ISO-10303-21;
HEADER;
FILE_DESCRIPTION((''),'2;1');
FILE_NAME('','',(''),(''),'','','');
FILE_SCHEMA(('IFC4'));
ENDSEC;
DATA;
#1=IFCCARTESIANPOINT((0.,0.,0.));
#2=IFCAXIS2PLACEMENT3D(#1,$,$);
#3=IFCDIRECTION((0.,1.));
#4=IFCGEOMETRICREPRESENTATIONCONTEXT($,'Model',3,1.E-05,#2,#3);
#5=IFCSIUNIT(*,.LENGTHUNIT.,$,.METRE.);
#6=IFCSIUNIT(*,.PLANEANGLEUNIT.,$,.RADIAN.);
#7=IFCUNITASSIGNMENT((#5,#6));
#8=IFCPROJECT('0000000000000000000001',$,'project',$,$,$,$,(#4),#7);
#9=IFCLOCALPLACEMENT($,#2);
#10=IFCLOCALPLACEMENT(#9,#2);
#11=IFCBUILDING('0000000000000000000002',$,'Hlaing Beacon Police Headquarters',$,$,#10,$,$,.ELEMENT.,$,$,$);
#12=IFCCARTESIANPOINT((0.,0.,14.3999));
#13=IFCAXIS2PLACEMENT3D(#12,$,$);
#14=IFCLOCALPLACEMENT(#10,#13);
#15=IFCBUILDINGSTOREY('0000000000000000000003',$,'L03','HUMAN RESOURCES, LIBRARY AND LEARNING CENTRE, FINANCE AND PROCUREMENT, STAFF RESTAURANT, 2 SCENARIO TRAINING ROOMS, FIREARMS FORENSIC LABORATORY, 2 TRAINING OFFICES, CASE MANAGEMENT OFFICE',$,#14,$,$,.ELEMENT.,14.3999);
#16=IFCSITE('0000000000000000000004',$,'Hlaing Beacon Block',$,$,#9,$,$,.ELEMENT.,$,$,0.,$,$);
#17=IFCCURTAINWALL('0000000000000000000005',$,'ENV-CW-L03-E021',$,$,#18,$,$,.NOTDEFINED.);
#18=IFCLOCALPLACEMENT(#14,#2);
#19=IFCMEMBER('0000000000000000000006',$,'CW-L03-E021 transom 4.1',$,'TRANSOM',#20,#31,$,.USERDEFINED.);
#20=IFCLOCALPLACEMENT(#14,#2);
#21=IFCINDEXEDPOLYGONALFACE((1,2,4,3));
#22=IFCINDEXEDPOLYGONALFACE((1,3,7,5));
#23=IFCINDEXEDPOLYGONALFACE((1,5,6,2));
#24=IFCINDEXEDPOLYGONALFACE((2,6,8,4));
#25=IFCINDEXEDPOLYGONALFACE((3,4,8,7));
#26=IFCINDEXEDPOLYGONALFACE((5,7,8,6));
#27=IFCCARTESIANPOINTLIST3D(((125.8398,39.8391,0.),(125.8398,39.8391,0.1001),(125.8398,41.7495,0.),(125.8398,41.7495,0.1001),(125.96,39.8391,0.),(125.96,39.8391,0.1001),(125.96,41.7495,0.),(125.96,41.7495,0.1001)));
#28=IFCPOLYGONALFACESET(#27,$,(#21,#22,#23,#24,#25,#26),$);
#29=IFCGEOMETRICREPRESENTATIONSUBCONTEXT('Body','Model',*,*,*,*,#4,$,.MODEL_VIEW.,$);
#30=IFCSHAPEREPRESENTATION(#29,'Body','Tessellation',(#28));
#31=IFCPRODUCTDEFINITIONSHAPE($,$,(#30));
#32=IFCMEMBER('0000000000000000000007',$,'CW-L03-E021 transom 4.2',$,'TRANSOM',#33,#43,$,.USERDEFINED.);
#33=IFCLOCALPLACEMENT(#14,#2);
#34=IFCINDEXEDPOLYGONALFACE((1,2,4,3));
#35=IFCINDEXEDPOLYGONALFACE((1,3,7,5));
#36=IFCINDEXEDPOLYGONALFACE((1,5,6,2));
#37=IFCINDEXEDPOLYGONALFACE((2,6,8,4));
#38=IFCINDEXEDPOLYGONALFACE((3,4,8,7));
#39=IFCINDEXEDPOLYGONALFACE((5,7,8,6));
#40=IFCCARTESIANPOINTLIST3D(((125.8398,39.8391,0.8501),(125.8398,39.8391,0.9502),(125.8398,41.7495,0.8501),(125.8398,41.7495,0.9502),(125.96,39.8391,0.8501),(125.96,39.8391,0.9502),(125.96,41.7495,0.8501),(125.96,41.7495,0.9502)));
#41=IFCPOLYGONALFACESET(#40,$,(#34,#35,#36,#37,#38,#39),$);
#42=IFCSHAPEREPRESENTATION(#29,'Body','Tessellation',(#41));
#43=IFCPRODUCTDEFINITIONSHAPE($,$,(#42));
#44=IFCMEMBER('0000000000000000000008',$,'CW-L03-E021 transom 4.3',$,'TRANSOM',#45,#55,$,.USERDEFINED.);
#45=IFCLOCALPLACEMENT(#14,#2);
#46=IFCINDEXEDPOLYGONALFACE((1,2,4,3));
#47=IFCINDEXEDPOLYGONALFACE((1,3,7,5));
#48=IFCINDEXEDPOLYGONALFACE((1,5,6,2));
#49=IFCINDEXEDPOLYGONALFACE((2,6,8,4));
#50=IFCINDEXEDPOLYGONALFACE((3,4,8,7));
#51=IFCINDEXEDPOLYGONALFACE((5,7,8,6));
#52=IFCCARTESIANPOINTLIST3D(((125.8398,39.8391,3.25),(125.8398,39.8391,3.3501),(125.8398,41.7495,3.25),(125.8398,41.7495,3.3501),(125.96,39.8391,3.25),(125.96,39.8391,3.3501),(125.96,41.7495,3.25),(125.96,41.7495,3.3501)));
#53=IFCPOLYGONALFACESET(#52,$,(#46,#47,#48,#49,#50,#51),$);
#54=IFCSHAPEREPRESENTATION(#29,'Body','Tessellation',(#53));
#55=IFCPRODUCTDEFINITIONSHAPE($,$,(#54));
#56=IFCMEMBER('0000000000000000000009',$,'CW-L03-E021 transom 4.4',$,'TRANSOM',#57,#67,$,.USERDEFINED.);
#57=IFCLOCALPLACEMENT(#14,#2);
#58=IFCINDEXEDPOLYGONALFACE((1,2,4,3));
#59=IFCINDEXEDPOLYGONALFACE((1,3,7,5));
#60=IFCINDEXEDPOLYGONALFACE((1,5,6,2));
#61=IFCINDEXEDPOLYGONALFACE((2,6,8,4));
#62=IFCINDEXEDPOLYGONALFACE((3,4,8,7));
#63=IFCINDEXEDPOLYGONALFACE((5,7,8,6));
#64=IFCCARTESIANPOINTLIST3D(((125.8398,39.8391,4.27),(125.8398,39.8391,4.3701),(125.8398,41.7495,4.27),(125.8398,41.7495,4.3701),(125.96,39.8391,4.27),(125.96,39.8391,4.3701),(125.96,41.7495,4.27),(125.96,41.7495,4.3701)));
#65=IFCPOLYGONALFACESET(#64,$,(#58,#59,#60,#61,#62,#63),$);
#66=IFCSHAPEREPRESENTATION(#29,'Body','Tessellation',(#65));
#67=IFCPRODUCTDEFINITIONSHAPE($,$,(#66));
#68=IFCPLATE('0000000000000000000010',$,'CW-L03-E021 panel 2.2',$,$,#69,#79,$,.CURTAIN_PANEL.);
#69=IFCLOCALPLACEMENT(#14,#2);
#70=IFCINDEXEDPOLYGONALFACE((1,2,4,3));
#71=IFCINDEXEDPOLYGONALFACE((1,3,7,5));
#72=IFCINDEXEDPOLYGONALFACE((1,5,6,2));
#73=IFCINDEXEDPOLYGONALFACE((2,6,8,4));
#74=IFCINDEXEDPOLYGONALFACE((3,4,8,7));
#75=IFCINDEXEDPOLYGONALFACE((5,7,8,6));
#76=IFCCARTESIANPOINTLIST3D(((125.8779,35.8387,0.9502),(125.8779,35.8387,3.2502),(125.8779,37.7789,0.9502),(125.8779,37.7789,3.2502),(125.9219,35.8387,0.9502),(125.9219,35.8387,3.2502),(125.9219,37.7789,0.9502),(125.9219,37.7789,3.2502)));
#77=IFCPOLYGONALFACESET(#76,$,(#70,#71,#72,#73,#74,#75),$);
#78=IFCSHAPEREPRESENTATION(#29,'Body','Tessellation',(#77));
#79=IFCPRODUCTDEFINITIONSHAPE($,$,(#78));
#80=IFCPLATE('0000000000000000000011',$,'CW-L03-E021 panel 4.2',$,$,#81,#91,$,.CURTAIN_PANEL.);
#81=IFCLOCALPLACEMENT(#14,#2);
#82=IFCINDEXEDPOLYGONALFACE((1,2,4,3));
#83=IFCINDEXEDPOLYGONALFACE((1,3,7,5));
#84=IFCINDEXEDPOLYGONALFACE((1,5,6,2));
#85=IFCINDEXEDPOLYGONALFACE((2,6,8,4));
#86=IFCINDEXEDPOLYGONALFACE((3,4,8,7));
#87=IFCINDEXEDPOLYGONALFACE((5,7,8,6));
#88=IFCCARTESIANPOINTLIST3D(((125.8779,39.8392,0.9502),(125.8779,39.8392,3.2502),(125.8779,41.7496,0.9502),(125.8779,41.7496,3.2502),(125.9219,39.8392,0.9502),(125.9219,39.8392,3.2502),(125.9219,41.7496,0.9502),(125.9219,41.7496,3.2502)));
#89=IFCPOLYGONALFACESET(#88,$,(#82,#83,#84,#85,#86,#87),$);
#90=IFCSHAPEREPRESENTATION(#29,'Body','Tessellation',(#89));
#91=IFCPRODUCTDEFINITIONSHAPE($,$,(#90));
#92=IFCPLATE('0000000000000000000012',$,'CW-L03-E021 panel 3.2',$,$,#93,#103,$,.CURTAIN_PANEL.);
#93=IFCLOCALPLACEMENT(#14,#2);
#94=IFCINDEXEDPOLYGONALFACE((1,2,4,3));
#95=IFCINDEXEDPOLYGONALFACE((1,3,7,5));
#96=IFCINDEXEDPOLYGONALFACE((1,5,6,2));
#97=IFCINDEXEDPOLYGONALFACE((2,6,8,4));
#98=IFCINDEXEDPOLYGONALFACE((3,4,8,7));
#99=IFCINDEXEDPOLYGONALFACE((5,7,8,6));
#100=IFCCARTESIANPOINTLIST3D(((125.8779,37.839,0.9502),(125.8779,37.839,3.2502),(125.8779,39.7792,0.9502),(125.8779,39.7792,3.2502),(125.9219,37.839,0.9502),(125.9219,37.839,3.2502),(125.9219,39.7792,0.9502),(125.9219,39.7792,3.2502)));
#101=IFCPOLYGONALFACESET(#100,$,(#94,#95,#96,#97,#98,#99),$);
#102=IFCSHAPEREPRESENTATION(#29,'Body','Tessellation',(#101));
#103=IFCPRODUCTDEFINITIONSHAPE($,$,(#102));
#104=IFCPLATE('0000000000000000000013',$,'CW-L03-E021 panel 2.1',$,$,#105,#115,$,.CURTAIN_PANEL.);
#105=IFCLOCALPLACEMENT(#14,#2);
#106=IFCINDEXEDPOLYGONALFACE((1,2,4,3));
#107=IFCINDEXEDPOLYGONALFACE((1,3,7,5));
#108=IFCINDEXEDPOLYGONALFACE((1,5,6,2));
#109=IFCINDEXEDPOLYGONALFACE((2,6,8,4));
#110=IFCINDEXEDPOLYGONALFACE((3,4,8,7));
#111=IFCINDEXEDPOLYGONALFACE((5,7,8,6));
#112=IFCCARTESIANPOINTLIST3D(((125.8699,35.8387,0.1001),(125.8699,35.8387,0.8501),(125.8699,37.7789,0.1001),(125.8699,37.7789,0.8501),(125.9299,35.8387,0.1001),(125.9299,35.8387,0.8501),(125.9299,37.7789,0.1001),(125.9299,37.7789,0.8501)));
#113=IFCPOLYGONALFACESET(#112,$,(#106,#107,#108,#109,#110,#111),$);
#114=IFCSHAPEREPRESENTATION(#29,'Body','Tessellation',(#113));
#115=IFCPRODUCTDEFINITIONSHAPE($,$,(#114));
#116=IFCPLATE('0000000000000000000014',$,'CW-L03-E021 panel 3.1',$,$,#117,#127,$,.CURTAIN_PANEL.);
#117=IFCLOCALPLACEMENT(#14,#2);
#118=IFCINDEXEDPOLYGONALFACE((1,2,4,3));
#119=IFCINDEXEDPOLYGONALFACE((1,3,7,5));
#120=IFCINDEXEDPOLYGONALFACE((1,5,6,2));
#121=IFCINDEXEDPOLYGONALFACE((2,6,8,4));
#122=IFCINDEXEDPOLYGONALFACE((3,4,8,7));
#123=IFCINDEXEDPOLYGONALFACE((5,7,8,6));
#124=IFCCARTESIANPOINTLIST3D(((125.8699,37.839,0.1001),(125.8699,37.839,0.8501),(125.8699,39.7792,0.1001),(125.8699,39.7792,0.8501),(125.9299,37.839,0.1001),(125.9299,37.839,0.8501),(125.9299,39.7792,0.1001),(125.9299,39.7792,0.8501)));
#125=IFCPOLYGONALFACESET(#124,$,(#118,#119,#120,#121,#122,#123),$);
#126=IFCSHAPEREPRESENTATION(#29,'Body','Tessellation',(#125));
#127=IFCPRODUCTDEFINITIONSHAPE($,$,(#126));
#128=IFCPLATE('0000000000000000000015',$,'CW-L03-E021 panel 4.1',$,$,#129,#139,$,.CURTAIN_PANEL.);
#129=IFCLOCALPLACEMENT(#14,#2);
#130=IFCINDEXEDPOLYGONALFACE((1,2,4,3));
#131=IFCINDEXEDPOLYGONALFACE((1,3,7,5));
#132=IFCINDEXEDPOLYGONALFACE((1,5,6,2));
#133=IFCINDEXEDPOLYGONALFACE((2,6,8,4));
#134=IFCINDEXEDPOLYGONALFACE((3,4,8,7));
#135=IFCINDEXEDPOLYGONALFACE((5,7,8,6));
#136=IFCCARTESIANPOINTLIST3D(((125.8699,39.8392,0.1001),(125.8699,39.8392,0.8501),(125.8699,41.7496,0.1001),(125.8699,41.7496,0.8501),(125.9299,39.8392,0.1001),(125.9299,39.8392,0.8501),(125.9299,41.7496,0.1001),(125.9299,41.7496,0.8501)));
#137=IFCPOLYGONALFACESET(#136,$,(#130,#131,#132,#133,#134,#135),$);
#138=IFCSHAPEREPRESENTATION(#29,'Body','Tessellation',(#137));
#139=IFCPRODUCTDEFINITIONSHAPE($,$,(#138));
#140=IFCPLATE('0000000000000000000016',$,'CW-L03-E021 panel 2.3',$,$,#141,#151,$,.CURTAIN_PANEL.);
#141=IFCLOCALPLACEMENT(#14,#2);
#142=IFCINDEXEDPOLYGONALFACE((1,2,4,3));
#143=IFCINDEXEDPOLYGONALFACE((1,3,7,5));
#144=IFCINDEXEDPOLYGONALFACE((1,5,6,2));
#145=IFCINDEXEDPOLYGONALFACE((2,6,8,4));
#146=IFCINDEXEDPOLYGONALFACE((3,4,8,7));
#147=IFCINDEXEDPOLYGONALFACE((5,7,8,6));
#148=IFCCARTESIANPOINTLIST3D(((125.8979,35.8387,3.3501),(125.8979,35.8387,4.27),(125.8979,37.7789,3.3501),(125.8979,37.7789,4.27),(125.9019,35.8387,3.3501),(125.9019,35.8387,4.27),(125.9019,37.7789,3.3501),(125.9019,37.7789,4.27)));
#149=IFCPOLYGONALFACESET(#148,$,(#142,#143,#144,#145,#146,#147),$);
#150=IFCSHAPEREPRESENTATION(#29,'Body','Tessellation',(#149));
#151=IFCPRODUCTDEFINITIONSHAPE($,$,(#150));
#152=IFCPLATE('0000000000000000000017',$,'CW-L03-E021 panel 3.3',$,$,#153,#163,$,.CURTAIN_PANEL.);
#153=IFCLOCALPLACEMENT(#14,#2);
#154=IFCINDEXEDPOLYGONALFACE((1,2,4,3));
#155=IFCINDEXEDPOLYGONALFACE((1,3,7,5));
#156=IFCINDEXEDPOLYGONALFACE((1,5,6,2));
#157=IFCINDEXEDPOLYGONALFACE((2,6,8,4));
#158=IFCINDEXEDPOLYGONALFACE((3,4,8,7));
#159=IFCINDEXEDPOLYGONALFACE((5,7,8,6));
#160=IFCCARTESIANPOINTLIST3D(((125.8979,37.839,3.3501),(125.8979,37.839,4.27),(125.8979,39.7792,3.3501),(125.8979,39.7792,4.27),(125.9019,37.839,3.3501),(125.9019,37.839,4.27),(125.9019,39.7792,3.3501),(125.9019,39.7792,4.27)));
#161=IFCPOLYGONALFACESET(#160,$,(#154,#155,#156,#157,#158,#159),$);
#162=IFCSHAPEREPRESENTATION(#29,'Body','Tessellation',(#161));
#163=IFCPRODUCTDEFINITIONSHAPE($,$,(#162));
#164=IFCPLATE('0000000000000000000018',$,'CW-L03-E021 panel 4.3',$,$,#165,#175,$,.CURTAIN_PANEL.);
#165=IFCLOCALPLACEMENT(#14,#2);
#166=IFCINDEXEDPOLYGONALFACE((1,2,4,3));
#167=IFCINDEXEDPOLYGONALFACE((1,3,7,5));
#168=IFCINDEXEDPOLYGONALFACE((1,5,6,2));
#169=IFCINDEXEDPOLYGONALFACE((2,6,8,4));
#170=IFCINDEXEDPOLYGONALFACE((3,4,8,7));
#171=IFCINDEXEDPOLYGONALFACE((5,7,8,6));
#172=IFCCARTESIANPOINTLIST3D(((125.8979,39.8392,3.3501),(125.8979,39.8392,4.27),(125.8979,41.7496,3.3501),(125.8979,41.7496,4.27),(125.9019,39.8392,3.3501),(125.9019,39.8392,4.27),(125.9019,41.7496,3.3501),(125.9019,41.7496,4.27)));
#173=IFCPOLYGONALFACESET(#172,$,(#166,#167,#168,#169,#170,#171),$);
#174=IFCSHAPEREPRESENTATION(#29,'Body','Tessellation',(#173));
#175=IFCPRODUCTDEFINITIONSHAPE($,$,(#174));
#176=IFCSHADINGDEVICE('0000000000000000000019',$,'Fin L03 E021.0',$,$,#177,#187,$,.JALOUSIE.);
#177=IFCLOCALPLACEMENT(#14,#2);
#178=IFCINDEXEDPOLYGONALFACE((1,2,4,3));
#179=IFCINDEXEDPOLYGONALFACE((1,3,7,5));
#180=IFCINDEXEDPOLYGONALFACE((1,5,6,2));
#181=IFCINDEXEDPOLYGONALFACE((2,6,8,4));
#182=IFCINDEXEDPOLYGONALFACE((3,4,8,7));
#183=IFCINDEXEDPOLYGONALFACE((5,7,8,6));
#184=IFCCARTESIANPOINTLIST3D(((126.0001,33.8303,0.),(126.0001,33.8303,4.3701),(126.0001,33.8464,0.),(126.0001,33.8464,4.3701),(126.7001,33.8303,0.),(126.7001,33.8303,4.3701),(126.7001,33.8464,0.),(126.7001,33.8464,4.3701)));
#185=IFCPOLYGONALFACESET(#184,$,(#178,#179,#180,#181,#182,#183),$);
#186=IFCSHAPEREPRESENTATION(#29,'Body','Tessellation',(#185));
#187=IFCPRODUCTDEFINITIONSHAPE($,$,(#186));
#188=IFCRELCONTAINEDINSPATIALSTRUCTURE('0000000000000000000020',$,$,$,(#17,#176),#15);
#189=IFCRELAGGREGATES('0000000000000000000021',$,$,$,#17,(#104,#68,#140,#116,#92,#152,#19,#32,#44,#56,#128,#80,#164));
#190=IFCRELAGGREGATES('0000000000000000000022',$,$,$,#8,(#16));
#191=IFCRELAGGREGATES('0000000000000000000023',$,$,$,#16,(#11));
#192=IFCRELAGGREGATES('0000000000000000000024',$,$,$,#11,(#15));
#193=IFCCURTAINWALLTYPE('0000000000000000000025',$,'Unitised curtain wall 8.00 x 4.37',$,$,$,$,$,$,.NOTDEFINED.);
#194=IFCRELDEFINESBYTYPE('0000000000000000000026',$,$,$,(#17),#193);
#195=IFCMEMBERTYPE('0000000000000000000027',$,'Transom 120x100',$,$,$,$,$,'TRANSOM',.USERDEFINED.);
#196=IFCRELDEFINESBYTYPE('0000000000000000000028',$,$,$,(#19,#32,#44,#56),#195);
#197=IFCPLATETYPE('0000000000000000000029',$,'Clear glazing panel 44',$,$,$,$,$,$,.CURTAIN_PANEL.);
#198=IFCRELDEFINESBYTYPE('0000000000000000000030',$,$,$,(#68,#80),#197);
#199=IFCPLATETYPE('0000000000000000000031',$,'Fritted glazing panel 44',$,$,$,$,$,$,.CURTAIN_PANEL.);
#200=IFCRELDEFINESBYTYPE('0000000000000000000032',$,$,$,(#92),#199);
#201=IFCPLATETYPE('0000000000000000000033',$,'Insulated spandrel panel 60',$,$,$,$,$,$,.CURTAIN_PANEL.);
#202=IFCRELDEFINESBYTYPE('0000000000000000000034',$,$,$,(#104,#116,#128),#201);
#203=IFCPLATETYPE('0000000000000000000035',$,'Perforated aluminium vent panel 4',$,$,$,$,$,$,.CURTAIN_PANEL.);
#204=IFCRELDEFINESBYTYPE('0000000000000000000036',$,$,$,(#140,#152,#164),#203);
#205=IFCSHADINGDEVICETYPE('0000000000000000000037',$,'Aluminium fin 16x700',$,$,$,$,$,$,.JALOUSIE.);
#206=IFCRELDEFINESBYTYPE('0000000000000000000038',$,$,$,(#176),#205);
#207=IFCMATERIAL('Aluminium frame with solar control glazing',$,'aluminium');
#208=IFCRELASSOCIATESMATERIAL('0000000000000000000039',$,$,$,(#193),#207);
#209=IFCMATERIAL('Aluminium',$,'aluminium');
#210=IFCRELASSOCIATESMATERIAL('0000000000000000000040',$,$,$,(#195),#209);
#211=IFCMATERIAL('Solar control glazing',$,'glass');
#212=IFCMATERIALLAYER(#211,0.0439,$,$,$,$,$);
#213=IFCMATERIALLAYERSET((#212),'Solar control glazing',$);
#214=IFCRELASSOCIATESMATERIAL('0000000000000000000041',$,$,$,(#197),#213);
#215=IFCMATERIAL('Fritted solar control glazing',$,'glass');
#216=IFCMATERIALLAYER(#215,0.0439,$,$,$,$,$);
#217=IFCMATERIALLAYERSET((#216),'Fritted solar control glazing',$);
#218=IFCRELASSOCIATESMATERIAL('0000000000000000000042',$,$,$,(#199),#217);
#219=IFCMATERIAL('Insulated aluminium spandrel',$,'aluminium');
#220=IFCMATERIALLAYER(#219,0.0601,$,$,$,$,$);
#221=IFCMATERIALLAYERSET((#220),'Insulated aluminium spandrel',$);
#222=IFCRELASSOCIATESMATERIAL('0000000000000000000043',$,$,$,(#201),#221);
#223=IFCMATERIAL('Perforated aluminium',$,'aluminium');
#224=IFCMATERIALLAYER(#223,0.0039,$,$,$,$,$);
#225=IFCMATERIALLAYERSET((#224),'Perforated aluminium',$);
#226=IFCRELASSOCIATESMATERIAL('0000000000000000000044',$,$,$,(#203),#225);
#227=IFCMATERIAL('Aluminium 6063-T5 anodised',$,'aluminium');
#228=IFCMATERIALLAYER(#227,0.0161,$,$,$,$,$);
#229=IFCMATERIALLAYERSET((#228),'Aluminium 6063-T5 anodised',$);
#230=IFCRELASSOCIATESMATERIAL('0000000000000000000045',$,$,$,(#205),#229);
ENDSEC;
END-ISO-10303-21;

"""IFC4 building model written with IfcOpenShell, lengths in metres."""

from ifc_helpers import new_model, si_unit, direction, frame, origin, origin_2d, place, context, subcontext, project, spatial, rectangle, extrude, material, layer, layer_set, material_profile, profile_set, type_object, element, aggregate, save


model = new_model("IFC4")

# Units and contexts
model_context = context("Model", 3, precision=1e-05, world=origin(), true_north=direction((0.0, 1.0)))
body_context = subcontext(model_context, "Body", "Model", "MODEL_VIEW")
ifc_project = project(units=[si_unit("LENGTHUNIT", "METRE"), si_unit("PLANEANGLEUNIT", "RADIAN")], contexts=[model_context])

# Site, building, storey
site_placement = place(None, origin())
site = spatial("IfcSite", under=ifc_project, at=site_placement, Name="Hlaing Beacon Block", CompositionType="ELEMENT", RefElevation=0.0)
building_placement = place(site_placement, origin())
building = spatial("IfcBuilding", under=site, at=building_placement, Name="Hlaing Beacon Police Headquarters", CompositionType="ELEMENT")
storey_placement = place(building_placement, frame((0.0, 0.0, 14.3999)))
storey = spatial("IfcBuildingStorey", under=building, at=storey_placement, Name="L03", Description="HUMAN RESOURCES, LIBRARY AND LEARNING CENTRE, FINANCE AND PROCUREMENT, STAFF RESTAURANT, 2 SCENARIO TRAINING ROOMS, FIREARMS FORENSIC LABORATORY, 2 TRAINING OFFICES, CASE MANAGEMENT OFFICE", CompositionType="ELEMENT", Elevation=14.3999)

# Curtain wall, members, plates
ifc_material_1 = material(Name="Aluminium frame with solar control glazing", Category="aluminium")
curtain_wall_type = type_object("IfcCurtainWallType", Name="Unitised curtain wall 8.00 x 4.37", PredefinedType="NOTDEFINED", material=ifc_material_1)
curtain_wall_placement = place(storey_placement, origin())
curtain_wall = element("IfcCurtainWall", 1, at=curtain_wall_placement, inside=storey, type_object=curtain_wall_type, Name="ENV-CW-L03-E021", PredefinedType="NOTDEFINED")
ifc_material_2 = material(Name="Aluminium", Category="aluminium")
ifc_material_profile_1 = material_profile(ifc_material_2, rectangle(XDim=0.1201, YDim=0.1001, at=origin_2d()), Name="Transom 120x100")
ifc_profile_set_1 = profile_set([ifc_material_profile_1], Name="Aluminium")
member_type_1 = type_object("IfcMemberType", Name="Transom 120x100", ElementType="TRANSOM", PredefinedType="USERDEFINED", material=ifc_profile_set_1)
member_1_placement = place(storey_placement, frame((125.8999, 39.8391, 0.05), z_axis=(0.0, 1.0, 0.0), x_axis=(-1.0, 0.0, 0.0)))
member_1 = element("IfcMember", 2, at=member_1_placement, type_object=member_type_1, Name="CW-L03-E021 transom 4.1", ObjectType="TRANSOM", PredefinedType="USERDEFINED", context=body_context, shape_type="SweptSolid", body=[
    extrude(rectangle(XDim=0.1201, YDim=0.1001, at=origin_2d()), origin(), (0.0, 0.0, 1.0), 1.9104),
])
member_2_placement = place(storey_placement, frame((125.8999, 39.8391, 0.9001), z_axis=(0.0, 1.0, 0.0), x_axis=(-1.0, 0.0, 0.0)))
member_2 = element("IfcMember", 3, at=member_2_placement, type_object=member_type_1, Name="CW-L03-E021 transom 4.2", ObjectType="TRANSOM", PredefinedType="USERDEFINED", context=body_context, shape_type="SweptSolid", body=[
    extrude(rectangle(XDim=0.1201, YDim=0.1001, at=origin_2d()), origin(), (0.0, 0.0, 1.0), 1.9104),
])
member_3_placement = place(storey_placement, frame((125.8999, 39.8391, 3.3), z_axis=(0.0, 1.0, 0.0), x_axis=(-1.0, 0.0, 0.0)))
member_3 = element("IfcMember", 4, at=member_3_placement, type_object=member_type_1, Name="CW-L03-E021 transom 4.3", ObjectType="TRANSOM", PredefinedType="USERDEFINED", context=body_context, shape_type="SweptSolid", body=[
    extrude(rectangle(XDim=0.1201, YDim=0.1001, at=origin_2d()), origin(), (0.0, 0.0, 1.0), 1.9104),
])
member_4_placement = place(storey_placement, frame((125.8999, 39.8391, 4.3201), z_axis=(0.0, 1.0, 0.0), x_axis=(-1.0, 0.0, 0.0)))
member_4 = element("IfcMember", 5, at=member_4_placement, type_object=member_type_1, Name="CW-L03-E021 transom 4.4", ObjectType="TRANSOM", PredefinedType="USERDEFINED", context=body_context, shape_type="SweptSolid", body=[
    extrude(rectangle(XDim=0.1201, YDim=0.1001, at=origin_2d()), origin(), (0.0, 0.0, 1.0), 1.9104),
])
ifc_material_3 = material(Name="Solar control glazing", Category="glass")
ifc_layer_1 = layer(ifc_material_3, 0.0439)
ifc_layer_set_1 = layer_set([ifc_layer_1], Name="Solar control glazing")
plate_type_1 = type_object("IfcPlateType", Name="Clear glazing panel 44", PredefinedType="CURTAIN_PANEL", material=ifc_layer_set_1)
plate_1_placement = place(storey_placement, frame((125.8999, 36.8088, 0.9502), z_axis=(0.0, 0.0, 1.0), x_axis=(0.0, 1.0, 0.0)))
plate_1 = element("IfcPlate", 6, at=plate_1_placement, type_object=plate_type_1, Name="CW-L03-E021 panel 2.2", PredefinedType="CURTAIN_PANEL", context=body_context, shape_type="SweptSolid", body=[
    extrude(rectangle(XDim=1.9402, YDim=0.0439, at=origin_2d()), origin(), (0.0, 0.0, 1.0), 2.3),
])
plate_2_placement = place(storey_placement, frame((125.8999, 40.7944, 0.9502), z_axis=(0.0, 0.0, 1.0), x_axis=(0.0, 1.0, 0.0)))
plate_2 = element("IfcPlate", 7, at=plate_2_placement, type_object=plate_type_1, Name="CW-L03-E021 panel 4.2", PredefinedType="CURTAIN_PANEL", context=body_context, shape_type="SweptSolid", body=[
    extrude(rectangle(XDim=1.9104, YDim=0.0439, at=origin_2d()), origin(), (0.0, 0.0, 1.0), 2.3),
])
ifc_material_4 = material(Name="Fritted solar control glazing", Category="glass")
ifc_layer_2 = layer(ifc_material_4, 0.0439)
ifc_layer_set_2 = layer_set([ifc_layer_2], Name="Fritted solar control glazing")
plate_type_2 = type_object("IfcPlateType", Name="Fritted glazing panel 44", PredefinedType="CURTAIN_PANEL", material=ifc_layer_set_2)
plate_3_placement = place(storey_placement, frame((125.8999, 38.8091, 0.9502), z_axis=(0.0, 0.0, 1.0), x_axis=(0.0, 1.0, 0.0)))
plate_3 = element("IfcPlate", 8, at=plate_3_placement, type_object=plate_type_2, Name="CW-L03-E021 panel 3.2", PredefinedType="CURTAIN_PANEL", context=body_context, shape_type="SweptSolid", body=[
    extrude(rectangle(XDim=1.9402, YDim=0.0439, at=origin_2d()), origin(), (0.0, 0.0, 1.0), 2.3),
])
ifc_material_5 = material(Name="Insulated aluminium spandrel", Category="aluminium")
ifc_layer_3 = layer(ifc_material_5, 0.0601)
ifc_layer_set_3 = layer_set([ifc_layer_3], Name="Insulated aluminium spandrel")
plate_type_3 = type_object("IfcPlateType", Name="Insulated spandrel panel 60", PredefinedType="CURTAIN_PANEL", material=ifc_layer_set_3)
plate_4_placement = place(storey_placement, frame((125.8999, 36.8088, 0.1001), z_axis=(0.0, 0.0, 1.0), x_axis=(0.0, 1.0, 0.0)))
plate_4 = element("IfcPlate", 9, at=plate_4_placement, type_object=plate_type_3, Name="CW-L03-E021 panel 2.1", PredefinedType="CURTAIN_PANEL", context=body_context, shape_type="SweptSolid", body=[
    extrude(rectangle(XDim=1.9402, YDim=0.0601, at=origin_2d()), origin(), (0.0, 0.0, 1.0), 0.75),
])
plate_5_placement = place(storey_placement, frame((125.8999, 38.8091, 0.1001), z_axis=(0.0, 0.0, 1.0), x_axis=(0.0, 1.0, 0.0)))
plate_5 = element("IfcPlate", 10, at=plate_5_placement, type_object=plate_type_3, Name="CW-L03-E021 panel 3.1", PredefinedType="CURTAIN_PANEL", context=body_context, shape_type="SweptSolid", body=[
    extrude(rectangle(XDim=1.9402, YDim=0.0601, at=origin_2d()), origin(), (0.0, 0.0, 1.0), 0.75),
])
plate_6_placement = place(storey_placement, frame((125.8999, 40.7944, 0.1001), z_axis=(0.0, 0.0, 1.0), x_axis=(0.0, 1.0, 0.0)))
plate_6 = element("IfcPlate", 11, at=plate_6_placement, type_object=plate_type_3, Name="CW-L03-E021 panel 4.1", PredefinedType="CURTAIN_PANEL", context=body_context, shape_type="SweptSolid", body=[
    extrude(rectangle(XDim=1.9104, YDim=0.0601, at=origin_2d()), origin(), (0.0, 0.0, 1.0), 0.75),
])
ifc_material_6 = material(Name="Perforated aluminium", Category="aluminium")
ifc_layer_4 = layer(ifc_material_6, 0.0039)
ifc_layer_set_4 = layer_set([ifc_layer_4], Name="Perforated aluminium")
plate_type_4 = type_object("IfcPlateType", Name="Perforated aluminium vent panel 4", PredefinedType="CURTAIN_PANEL", material=ifc_layer_set_4)
plate_7_placement = place(storey_placement, frame((125.8999, 36.8088, 3.3501), z_axis=(0.0, 0.0, 1.0), x_axis=(0.0, 1.0, 0.0)))
plate_7 = element("IfcPlate", 12, at=plate_7_placement, type_object=plate_type_4, Name="CW-L03-E021 panel 2.3", PredefinedType="CURTAIN_PANEL", context=body_context, shape_type="SweptSolid", body=[
    extrude(rectangle(XDim=1.9402, YDim=0.0039, at=origin_2d()), origin(), (0.0, 0.0, 1.0), 0.9199),
])
plate_8_placement = place(storey_placement, frame((125.8999, 38.8091, 3.3501), z_axis=(0.0, 0.0, 1.0), x_axis=(0.0, 1.0, 0.0)))
plate_8 = element("IfcPlate", 13, at=plate_8_placement, type_object=plate_type_4, Name="CW-L03-E021 panel 3.3", PredefinedType="CURTAIN_PANEL", context=body_context, shape_type="SweptSolid", body=[
    extrude(rectangle(XDim=1.9402, YDim=0.0039, at=origin_2d()), origin(), (0.0, 0.0, 1.0), 0.9199),
])
plate_9_placement = place(storey_placement, frame((125.8999, 40.7944, 3.3501), z_axis=(0.0, 0.0, 1.0), x_axis=(0.0, 1.0, 0.0)))
plate_9 = element("IfcPlate", 14, at=plate_9_placement, type_object=plate_type_4, Name="CW-L03-E021 panel 4.3", PredefinedType="CURTAIN_PANEL", context=body_context, shape_type="SweptSolid", body=[
    extrude(rectangle(XDim=1.9104, YDim=0.0039, at=origin_2d()), origin(), (0.0, 0.0, 1.0), 0.9199),
])
aggregate(curtain_wall, [plate_4, plate_1, plate_7, plate_5, plate_3, plate_8, member_1, member_2, member_3, member_4, plate_6, plate_2, plate_9])

# Shading device
ifc_material_7 = material(Name="Aluminium 6063-T5 anodised", Category="aluminium")
ifc_layer_5 = layer(ifc_material_7, 0.0161)
ifc_layer_set_5 = layer_set([ifc_layer_5], Name="Aluminium 6063-T5 anodised")
shading_device_type = type_object("IfcShadingDeviceType", Name="Aluminium fin 16x700", PredefinedType="JALOUSIE", material=ifc_layer_set_5)
for number, where, z_axis, x_axis, name in (
    (15, (126.3501, 33.8384, 0.0), (0.0, 0.0, 1.0), (0.0, 1.0, 0.0), "Fin L03 E021.0"),
):
    element("IfcShadingDevice", number, at=place(storey_placement, frame(where, z_axis=z_axis, x_axis=x_axis)), inside=storey, type_object=shading_device_type, Name=name, PredefinedType="JALOUSIE", context=body_context, shape_type="SweptSolid", body=[
        extrude(rectangle(XDim=0.0161, YDim=0.7, at=origin_2d()), origin(), (0.0, 0.0, 1.0), 4.3701),
    ])

save(model, "model.ifc")
